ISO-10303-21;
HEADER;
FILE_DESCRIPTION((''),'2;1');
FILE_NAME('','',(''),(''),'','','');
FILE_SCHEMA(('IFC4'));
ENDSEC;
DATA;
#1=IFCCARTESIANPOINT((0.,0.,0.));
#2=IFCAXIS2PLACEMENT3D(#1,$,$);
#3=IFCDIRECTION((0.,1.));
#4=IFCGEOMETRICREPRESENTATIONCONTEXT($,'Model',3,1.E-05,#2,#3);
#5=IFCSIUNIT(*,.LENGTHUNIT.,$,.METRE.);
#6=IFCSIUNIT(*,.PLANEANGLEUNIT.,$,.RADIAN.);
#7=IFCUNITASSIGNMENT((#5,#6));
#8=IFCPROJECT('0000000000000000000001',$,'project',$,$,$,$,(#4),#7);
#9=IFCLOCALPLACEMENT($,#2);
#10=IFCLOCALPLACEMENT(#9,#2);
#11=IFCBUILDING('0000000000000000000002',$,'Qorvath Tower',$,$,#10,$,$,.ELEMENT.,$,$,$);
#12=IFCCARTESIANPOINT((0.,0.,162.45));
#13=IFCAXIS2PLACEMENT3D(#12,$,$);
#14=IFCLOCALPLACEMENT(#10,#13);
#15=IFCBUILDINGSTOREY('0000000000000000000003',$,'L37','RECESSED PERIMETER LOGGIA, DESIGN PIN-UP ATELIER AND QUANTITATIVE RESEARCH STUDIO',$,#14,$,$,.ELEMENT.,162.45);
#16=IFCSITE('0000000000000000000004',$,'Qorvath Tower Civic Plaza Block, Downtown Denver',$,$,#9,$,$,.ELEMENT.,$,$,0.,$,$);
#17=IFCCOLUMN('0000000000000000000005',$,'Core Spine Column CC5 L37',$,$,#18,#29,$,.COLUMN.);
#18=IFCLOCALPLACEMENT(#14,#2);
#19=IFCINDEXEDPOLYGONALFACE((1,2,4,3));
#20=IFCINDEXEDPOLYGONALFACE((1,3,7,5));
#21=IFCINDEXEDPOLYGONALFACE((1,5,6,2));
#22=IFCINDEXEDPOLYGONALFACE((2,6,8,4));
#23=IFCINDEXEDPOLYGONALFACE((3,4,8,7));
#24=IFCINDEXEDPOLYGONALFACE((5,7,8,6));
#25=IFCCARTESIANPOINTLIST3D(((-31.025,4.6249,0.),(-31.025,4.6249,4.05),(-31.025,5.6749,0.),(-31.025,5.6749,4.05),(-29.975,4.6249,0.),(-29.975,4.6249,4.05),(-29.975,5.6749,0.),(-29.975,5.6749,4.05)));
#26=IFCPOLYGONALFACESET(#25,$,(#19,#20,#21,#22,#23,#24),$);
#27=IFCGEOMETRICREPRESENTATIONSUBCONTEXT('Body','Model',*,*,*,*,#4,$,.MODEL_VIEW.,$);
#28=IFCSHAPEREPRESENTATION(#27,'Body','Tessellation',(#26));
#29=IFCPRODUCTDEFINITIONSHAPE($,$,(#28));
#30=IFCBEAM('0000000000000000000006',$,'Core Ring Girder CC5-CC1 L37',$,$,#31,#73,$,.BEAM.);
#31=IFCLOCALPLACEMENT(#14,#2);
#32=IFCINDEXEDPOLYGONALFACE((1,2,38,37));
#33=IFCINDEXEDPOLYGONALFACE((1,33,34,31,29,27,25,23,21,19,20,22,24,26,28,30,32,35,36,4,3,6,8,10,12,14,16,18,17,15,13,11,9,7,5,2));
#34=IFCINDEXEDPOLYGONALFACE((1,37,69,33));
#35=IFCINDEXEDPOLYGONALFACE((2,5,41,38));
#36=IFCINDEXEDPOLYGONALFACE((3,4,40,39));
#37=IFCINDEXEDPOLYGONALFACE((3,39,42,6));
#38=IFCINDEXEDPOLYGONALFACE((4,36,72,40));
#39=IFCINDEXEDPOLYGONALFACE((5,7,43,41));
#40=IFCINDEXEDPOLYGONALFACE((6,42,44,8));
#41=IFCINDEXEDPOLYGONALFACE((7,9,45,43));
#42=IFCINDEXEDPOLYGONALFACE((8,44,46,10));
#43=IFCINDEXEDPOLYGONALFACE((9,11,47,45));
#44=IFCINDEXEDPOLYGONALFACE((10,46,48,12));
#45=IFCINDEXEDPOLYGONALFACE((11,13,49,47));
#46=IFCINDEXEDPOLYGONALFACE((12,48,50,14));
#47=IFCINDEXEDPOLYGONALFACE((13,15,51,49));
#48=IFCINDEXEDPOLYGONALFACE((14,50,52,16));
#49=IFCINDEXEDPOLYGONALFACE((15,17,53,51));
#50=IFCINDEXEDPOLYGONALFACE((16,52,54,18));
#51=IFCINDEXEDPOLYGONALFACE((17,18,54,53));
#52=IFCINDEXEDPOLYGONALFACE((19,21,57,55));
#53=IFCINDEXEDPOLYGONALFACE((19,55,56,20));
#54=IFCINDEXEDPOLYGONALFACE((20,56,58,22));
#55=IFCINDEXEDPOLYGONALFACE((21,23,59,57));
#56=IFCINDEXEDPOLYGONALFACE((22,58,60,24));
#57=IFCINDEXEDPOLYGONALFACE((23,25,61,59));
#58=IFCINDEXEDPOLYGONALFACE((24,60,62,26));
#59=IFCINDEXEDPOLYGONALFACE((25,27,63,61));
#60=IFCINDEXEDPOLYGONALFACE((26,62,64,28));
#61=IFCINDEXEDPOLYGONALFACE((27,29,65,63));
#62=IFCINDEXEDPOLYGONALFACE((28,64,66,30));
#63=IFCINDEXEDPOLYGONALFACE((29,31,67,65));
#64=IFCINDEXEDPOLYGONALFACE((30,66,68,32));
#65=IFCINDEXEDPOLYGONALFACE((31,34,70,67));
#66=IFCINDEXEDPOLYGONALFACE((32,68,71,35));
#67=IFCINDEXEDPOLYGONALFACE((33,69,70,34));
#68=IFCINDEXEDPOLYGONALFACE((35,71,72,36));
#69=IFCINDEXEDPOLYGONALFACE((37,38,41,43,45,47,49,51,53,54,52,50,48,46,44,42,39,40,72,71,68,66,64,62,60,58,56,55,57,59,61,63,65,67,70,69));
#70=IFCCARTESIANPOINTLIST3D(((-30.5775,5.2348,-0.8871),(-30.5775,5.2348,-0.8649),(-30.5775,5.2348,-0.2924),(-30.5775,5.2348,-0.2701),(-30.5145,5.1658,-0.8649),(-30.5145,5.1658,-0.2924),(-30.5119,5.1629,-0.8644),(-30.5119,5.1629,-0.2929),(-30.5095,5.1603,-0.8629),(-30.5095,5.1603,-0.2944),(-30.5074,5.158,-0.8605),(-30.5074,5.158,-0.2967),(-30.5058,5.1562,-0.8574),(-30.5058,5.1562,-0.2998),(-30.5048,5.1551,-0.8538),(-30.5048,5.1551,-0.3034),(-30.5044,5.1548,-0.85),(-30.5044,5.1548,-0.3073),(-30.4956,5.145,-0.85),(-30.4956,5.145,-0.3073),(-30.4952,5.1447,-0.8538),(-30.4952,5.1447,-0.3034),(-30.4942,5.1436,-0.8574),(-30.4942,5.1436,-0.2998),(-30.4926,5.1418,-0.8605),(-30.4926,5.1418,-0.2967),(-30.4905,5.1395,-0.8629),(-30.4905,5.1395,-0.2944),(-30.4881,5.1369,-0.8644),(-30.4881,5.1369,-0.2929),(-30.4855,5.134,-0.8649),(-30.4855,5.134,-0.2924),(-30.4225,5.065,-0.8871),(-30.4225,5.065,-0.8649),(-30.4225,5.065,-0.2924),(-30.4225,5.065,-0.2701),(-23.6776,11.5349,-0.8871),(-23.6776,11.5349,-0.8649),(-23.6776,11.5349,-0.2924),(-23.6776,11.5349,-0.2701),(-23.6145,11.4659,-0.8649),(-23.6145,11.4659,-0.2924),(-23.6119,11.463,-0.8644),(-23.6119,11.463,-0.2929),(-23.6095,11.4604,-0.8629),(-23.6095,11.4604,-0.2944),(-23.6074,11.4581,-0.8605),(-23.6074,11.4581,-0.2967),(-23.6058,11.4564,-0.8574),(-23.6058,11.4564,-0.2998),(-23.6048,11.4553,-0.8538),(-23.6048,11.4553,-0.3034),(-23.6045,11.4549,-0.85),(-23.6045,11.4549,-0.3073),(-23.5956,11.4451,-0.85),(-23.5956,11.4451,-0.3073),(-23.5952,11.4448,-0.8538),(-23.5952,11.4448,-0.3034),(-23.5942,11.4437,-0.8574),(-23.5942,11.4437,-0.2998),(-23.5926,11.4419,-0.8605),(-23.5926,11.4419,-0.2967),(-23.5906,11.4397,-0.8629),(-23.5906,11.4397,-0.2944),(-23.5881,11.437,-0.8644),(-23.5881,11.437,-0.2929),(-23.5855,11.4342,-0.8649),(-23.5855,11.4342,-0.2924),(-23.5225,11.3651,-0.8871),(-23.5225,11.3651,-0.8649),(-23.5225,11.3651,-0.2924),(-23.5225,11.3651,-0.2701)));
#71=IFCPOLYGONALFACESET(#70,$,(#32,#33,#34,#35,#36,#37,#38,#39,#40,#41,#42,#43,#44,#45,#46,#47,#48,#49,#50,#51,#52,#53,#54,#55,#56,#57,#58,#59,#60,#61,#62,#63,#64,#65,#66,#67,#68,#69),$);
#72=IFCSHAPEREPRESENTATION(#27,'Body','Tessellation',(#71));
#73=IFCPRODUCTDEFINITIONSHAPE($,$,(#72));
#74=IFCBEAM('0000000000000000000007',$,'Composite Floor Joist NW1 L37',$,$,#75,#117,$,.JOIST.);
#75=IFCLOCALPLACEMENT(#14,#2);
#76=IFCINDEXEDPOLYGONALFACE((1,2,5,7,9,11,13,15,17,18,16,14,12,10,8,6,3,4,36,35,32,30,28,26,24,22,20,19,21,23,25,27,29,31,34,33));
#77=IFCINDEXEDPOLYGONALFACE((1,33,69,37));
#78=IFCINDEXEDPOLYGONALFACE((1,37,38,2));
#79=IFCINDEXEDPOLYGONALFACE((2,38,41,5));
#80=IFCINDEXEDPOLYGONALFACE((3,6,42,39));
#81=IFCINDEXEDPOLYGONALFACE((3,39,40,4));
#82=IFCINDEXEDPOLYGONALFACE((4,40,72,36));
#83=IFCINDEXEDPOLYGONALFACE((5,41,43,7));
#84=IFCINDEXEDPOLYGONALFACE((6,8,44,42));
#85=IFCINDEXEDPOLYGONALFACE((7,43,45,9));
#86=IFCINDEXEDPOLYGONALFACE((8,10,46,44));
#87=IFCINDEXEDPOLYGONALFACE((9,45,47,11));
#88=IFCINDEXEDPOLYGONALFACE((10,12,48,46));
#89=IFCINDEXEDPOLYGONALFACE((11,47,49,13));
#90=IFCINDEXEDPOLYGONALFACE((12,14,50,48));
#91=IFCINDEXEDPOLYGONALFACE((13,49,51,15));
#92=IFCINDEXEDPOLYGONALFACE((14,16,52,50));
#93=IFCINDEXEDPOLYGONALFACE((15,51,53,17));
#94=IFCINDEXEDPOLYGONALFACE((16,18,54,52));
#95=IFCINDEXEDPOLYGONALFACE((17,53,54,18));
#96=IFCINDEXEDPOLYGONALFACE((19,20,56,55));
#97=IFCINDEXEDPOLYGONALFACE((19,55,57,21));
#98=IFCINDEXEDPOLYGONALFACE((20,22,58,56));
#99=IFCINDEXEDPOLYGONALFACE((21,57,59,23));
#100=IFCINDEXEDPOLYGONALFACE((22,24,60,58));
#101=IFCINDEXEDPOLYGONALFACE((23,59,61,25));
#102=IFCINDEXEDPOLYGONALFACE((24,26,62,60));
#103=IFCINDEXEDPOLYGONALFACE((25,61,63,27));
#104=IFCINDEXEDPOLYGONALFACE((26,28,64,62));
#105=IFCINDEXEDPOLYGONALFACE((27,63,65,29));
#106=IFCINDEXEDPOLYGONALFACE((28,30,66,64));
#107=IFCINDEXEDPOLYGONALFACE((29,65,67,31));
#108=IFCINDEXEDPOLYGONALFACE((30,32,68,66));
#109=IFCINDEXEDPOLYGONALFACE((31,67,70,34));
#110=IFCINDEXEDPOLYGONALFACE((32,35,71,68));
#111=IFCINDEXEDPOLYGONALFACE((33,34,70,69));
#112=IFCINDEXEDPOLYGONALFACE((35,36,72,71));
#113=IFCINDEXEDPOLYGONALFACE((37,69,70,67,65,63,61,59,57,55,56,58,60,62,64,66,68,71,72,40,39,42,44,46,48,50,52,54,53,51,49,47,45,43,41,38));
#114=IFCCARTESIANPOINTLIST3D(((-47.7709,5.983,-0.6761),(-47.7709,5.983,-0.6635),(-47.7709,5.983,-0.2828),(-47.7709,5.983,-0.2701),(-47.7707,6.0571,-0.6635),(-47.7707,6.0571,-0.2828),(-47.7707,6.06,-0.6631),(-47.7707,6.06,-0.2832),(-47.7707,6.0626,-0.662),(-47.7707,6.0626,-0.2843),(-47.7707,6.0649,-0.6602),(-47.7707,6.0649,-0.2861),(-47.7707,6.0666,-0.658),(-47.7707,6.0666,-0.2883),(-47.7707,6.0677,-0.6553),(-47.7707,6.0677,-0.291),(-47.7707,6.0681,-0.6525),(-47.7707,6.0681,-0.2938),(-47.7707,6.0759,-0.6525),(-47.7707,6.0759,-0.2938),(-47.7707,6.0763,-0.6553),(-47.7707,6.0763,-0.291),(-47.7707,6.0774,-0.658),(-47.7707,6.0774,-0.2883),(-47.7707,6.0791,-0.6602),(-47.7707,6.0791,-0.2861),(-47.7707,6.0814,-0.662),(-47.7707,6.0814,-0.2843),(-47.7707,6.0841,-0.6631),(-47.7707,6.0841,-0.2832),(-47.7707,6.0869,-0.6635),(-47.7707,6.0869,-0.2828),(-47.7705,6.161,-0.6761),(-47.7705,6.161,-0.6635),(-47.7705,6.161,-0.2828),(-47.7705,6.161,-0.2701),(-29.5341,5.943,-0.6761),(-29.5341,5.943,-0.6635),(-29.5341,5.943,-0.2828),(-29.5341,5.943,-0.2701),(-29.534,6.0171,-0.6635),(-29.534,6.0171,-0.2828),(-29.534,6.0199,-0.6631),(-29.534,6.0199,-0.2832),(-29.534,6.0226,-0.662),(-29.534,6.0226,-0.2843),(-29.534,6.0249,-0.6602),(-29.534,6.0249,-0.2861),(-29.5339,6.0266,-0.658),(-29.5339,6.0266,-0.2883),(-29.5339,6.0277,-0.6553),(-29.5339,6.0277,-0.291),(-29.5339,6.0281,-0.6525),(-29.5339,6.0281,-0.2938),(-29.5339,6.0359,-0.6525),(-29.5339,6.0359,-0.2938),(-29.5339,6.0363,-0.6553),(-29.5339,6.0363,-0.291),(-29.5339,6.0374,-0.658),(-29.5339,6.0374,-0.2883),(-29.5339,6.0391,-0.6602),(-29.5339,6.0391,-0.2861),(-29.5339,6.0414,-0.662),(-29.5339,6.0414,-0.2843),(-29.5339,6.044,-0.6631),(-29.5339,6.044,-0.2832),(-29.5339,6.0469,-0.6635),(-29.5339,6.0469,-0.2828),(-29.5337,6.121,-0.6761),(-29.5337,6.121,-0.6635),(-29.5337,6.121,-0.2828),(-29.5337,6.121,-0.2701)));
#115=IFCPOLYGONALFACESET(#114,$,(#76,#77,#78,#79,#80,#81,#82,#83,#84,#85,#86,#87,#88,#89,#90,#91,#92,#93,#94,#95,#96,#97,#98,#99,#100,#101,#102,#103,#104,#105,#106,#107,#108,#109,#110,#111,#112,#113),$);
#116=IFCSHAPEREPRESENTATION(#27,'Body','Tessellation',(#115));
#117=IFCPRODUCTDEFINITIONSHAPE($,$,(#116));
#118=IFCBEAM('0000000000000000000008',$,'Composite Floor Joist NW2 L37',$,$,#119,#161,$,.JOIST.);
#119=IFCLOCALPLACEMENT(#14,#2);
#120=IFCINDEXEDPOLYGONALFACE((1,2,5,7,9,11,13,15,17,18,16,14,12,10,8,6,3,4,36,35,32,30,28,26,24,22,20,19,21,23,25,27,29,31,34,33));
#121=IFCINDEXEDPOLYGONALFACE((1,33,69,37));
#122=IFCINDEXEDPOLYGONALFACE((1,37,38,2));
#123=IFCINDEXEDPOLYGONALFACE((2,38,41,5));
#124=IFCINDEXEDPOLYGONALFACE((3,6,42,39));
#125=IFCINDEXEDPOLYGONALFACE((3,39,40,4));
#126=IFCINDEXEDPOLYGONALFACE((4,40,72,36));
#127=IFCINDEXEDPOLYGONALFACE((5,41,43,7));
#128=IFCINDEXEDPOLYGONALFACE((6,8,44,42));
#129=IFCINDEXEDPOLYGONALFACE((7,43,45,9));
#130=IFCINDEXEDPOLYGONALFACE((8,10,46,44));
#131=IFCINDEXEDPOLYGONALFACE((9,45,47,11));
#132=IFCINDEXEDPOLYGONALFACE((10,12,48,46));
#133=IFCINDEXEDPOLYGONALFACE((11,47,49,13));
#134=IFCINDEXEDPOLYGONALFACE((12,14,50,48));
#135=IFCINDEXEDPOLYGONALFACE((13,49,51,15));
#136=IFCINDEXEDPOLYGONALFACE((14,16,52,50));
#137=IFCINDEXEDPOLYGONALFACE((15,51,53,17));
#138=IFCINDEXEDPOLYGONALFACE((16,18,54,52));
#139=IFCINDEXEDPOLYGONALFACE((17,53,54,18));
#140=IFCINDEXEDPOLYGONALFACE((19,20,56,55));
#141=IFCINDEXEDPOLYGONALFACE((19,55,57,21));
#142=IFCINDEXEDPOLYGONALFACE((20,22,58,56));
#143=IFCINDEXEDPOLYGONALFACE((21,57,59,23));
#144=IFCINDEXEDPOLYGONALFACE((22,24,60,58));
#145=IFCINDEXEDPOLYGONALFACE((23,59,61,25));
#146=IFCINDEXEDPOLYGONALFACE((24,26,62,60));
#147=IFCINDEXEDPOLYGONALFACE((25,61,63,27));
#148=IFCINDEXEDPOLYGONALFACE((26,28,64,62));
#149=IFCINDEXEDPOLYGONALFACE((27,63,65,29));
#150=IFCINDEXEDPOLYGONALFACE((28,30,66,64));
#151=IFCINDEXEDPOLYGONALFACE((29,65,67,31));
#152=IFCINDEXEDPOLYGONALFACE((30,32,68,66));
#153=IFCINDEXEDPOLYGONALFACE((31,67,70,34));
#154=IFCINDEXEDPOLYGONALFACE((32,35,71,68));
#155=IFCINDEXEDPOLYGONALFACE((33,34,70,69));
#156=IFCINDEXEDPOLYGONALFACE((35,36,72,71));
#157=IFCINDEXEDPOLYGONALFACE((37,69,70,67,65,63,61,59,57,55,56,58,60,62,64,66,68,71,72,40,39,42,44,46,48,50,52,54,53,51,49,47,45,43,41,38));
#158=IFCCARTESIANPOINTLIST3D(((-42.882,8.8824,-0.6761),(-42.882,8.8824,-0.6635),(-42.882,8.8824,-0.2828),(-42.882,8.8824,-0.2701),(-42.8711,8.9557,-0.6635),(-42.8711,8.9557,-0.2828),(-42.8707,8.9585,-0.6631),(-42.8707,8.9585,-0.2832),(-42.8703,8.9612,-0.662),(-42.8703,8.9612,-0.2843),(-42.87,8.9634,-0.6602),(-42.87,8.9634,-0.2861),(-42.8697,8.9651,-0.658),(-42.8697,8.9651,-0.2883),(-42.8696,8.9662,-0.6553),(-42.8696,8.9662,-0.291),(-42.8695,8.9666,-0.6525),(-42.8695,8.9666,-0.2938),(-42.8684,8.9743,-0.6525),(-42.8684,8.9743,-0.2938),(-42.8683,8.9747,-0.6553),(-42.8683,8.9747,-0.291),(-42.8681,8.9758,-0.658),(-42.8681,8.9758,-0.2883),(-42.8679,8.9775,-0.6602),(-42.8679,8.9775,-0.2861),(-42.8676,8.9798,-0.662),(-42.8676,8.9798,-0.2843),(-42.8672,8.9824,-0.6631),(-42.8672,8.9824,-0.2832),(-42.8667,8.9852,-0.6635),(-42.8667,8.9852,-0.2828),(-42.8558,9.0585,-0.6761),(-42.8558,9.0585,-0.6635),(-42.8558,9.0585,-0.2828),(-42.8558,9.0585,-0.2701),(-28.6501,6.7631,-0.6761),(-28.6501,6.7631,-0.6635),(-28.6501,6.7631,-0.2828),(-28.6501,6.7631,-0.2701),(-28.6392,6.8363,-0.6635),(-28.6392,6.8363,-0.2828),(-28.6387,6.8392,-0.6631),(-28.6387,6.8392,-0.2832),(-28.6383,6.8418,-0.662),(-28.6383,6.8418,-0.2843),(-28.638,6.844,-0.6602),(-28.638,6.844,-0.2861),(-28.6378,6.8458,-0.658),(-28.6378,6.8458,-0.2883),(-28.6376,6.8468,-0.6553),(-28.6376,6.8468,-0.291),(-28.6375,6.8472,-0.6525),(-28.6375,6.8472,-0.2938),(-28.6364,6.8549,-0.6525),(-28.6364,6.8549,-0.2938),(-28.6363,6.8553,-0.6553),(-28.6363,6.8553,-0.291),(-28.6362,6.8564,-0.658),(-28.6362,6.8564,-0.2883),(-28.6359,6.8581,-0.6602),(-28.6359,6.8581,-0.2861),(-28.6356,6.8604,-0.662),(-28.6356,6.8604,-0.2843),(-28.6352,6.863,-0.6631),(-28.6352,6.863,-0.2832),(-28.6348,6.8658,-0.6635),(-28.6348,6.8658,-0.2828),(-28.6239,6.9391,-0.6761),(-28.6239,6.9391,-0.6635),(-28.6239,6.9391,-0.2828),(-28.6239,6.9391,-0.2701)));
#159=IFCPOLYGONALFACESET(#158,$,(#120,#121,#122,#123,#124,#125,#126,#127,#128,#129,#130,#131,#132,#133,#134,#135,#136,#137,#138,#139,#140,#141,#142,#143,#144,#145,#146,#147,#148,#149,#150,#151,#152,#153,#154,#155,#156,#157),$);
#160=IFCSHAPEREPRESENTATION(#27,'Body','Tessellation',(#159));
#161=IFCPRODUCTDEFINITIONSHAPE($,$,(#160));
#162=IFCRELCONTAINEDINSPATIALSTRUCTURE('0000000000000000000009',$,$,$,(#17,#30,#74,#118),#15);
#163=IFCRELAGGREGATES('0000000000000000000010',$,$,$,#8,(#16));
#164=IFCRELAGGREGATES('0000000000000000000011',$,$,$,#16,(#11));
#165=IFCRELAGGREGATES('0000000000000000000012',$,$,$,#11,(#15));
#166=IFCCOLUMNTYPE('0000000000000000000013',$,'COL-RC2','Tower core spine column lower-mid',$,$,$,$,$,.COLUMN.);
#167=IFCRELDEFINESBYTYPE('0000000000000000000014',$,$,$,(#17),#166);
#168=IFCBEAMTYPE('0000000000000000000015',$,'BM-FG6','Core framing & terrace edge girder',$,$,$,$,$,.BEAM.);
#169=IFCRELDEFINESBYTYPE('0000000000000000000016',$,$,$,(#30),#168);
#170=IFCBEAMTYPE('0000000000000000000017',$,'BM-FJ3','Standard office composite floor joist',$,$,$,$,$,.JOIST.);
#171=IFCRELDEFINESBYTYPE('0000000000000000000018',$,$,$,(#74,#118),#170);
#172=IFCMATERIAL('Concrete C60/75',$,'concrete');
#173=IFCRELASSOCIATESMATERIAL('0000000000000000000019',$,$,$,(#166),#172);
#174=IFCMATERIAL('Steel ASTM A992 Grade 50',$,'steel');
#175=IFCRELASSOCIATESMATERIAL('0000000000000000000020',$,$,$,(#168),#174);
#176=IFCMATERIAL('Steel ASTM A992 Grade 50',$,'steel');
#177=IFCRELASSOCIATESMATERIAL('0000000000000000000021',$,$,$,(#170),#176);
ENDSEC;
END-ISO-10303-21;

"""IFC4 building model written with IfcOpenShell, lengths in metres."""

from ifc_helpers import new_model, si_unit, direction, frame, origin, origin_2d, place, context, subcontext, project, spatial, rectangle, i_section, extrude, material, material_profile, profile_set, type_object, element, save


model = new_model("IFC4")

# Units and contexts
model_context = context("Model", 3, precision=1e-05, world=origin(), true_north=direction((0.0, 1.0)))
body_context = subcontext(model_context, "Body", "Model", "MODEL_VIEW")
ifc_project = project(units=[si_unit("LENGTHUNIT", "METRE"), si_unit("PLANEANGLEUNIT", "RADIAN")], contexts=[model_context])

# Site, building, storey
site_placement = place(None, origin())
site = spatial("IfcSite", under=ifc_project, at=site_placement, Name="Qorvath Tower Civic Plaza Block, Downtown Denver", CompositionType="ELEMENT", RefElevation=0.0)
building_placement = place(site_placement, origin())
building = spatial("IfcBuilding", under=site, at=building_placement, Name="Qorvath Tower", CompositionType="ELEMENT")
storey_placement = place(building_placement, frame((0.0, 0.0, 162.45)))
storey = spatial("IfcBuildingStorey", under=building, at=storey_placement, Name="L37", Description="RECESSED PERIMETER LOGGIA, DESIGN PIN-UP ATELIER AND QUANTITATIVE RESEARCH STUDIO", CompositionType="ELEMENT", Elevation=162.45)

# Column
ifc_material_1 = material(Name="Concrete C60/75", Category="concrete")
ifc_material_profile_1 = material_profile(ifc_material_1, rectangle(XDim=1.05, YDim=1.05, at=origin_2d()), Name="RC 1050x1050")
ifc_profile_set_1 = profile_set([ifc_material_profile_1], Name="Concrete C60/75")
column_type = type_object("IfcColumnType", Name="COL-RC2", Description="Tower core spine column lower-mid", PredefinedType="COLUMN", material=ifc_profile_set_1)
column_placement = place(storey_placement, frame((-30.5, 5.1499, 0.0), z_axis=(0.0, 0.0, 1.0), x_axis=(1.0, 0.0, 0.0)))
element("IfcColumn", 1, at=column_placement, inside=storey, type_object=column_type, Name="Core Spine Column CC5 L37", PredefinedType="COLUMN", context=body_context, shape_type="SweptSolid", body=[
    extrude(rectangle(XDim=1.05, YDim=1.05, at=origin_2d()), origin(), (0.0, 0.0, 1.0), 4.05),
])

# Beams
ifc_material_2 = material(Name="Steel ASTM A992 Grade 50", Category="steel")
ifc_material_profile_2 = material_profile(ifc_material_2, i_section(OverallWidth=0.23, OverallDepth=0.6169, WebThickness=0.0132, FlangeThickness=0.0222, FilletRadius=0.0149, at=origin_2d()), Name="W24x94")
ifc_profile_set_2 = profile_set([ifc_material_profile_2], Name="Steel ASTM A992 Grade 50")
beam_type_1 = type_object("IfcBeamType", Name="BM-FG6", Description="Core framing & terrace edge girder", PredefinedType="BEAM", material=ifc_profile_set_2)
beam_1_placement = place(storey_placement, frame((-30.5, 5.1499, -0.5786), z_axis=(0.738478, 0.674277, 0.0), x_axis=(-0.674277, 0.738478, 0.0)))
element("IfcBeam", 2, at=beam_1_placement, inside=storey, type_object=beam_type_1, Name="Core Ring Girder CC5-CC1 L37", PredefinedType="BEAM", context=body_context, shape_type="SweptSolid", body=[
    extrude(i_section(OverallWidth=0.23, OverallDepth=0.6169, WebThickness=0.0132, FlangeThickness=0.0222, FilletRadius=0.0149, at=origin_2d()), origin(), (0.0, 0.0, 1.0), 9.3435),
])
ifc_material_3 = material(Name="Steel ASTM A992 Grade 50", Category="steel")
ifc_material_profile_3 = material_profile(ifc_material_3, i_section(OverallWidth=0.178, OverallDepth=0.406, WebThickness=0.0078, FlangeThickness=0.0127, FilletRadius=0.011, at=origin_2d()), Name="W16x40")
ifc_profile_set_3 = profile_set([ifc_material_profile_3], Name="Steel ASTM A992 Grade 50")
beam_type_2 = type_object("IfcBeamType", Name="BM-FJ3", Description="Standard office composite floor joist", PredefinedType="JOIST", material=ifc_profile_set_3)
beam_2_placement = place(storey_placement, frame((-29.5339, 6.032, -0.4731), z_axis=(-0.999998, 0.002196, 0.0), x_axis=(-0.002196, -0.999998, 0.0)))
element("IfcBeam", 3, at=beam_2_placement, inside=storey, type_object=beam_type_2, Name="Composite Floor Joist NW1 L37", PredefinedType="JOIST", context=body_context, shape_type="SweptSolid", body=[
    extrude(i_section(OverallWidth=0.178, OverallDepth=0.406, WebThickness=0.0078, FlangeThickness=0.0127, FilletRadius=0.011, at=origin_2d()), origin(), (0.0, 0.0, 1.0), 18.2368),
])
beam_3_placement = place(storey_placement, frame((-28.637, 6.8511, -0.4731), z_axis=(-0.989093, 0.147293, 0.0), x_axis=(-0.147293, -0.989093, 0.0)))
element("IfcBeam", 4, at=beam_3_placement, inside=storey, type_object=beam_type_2, Name="Composite Floor Joist NW2 L37", PredefinedType="JOIST", context=body_context, shape_type="SweptSolid", body=[
    extrude(i_section(OverallWidth=0.178, OverallDepth=0.406, WebThickness=0.0078, FlangeThickness=0.0127, FilletRadius=0.011, at=origin_2d()), origin(), (0.0, 0.0, 1.0), 14.3889),
])

save(model, "model.ifc")
